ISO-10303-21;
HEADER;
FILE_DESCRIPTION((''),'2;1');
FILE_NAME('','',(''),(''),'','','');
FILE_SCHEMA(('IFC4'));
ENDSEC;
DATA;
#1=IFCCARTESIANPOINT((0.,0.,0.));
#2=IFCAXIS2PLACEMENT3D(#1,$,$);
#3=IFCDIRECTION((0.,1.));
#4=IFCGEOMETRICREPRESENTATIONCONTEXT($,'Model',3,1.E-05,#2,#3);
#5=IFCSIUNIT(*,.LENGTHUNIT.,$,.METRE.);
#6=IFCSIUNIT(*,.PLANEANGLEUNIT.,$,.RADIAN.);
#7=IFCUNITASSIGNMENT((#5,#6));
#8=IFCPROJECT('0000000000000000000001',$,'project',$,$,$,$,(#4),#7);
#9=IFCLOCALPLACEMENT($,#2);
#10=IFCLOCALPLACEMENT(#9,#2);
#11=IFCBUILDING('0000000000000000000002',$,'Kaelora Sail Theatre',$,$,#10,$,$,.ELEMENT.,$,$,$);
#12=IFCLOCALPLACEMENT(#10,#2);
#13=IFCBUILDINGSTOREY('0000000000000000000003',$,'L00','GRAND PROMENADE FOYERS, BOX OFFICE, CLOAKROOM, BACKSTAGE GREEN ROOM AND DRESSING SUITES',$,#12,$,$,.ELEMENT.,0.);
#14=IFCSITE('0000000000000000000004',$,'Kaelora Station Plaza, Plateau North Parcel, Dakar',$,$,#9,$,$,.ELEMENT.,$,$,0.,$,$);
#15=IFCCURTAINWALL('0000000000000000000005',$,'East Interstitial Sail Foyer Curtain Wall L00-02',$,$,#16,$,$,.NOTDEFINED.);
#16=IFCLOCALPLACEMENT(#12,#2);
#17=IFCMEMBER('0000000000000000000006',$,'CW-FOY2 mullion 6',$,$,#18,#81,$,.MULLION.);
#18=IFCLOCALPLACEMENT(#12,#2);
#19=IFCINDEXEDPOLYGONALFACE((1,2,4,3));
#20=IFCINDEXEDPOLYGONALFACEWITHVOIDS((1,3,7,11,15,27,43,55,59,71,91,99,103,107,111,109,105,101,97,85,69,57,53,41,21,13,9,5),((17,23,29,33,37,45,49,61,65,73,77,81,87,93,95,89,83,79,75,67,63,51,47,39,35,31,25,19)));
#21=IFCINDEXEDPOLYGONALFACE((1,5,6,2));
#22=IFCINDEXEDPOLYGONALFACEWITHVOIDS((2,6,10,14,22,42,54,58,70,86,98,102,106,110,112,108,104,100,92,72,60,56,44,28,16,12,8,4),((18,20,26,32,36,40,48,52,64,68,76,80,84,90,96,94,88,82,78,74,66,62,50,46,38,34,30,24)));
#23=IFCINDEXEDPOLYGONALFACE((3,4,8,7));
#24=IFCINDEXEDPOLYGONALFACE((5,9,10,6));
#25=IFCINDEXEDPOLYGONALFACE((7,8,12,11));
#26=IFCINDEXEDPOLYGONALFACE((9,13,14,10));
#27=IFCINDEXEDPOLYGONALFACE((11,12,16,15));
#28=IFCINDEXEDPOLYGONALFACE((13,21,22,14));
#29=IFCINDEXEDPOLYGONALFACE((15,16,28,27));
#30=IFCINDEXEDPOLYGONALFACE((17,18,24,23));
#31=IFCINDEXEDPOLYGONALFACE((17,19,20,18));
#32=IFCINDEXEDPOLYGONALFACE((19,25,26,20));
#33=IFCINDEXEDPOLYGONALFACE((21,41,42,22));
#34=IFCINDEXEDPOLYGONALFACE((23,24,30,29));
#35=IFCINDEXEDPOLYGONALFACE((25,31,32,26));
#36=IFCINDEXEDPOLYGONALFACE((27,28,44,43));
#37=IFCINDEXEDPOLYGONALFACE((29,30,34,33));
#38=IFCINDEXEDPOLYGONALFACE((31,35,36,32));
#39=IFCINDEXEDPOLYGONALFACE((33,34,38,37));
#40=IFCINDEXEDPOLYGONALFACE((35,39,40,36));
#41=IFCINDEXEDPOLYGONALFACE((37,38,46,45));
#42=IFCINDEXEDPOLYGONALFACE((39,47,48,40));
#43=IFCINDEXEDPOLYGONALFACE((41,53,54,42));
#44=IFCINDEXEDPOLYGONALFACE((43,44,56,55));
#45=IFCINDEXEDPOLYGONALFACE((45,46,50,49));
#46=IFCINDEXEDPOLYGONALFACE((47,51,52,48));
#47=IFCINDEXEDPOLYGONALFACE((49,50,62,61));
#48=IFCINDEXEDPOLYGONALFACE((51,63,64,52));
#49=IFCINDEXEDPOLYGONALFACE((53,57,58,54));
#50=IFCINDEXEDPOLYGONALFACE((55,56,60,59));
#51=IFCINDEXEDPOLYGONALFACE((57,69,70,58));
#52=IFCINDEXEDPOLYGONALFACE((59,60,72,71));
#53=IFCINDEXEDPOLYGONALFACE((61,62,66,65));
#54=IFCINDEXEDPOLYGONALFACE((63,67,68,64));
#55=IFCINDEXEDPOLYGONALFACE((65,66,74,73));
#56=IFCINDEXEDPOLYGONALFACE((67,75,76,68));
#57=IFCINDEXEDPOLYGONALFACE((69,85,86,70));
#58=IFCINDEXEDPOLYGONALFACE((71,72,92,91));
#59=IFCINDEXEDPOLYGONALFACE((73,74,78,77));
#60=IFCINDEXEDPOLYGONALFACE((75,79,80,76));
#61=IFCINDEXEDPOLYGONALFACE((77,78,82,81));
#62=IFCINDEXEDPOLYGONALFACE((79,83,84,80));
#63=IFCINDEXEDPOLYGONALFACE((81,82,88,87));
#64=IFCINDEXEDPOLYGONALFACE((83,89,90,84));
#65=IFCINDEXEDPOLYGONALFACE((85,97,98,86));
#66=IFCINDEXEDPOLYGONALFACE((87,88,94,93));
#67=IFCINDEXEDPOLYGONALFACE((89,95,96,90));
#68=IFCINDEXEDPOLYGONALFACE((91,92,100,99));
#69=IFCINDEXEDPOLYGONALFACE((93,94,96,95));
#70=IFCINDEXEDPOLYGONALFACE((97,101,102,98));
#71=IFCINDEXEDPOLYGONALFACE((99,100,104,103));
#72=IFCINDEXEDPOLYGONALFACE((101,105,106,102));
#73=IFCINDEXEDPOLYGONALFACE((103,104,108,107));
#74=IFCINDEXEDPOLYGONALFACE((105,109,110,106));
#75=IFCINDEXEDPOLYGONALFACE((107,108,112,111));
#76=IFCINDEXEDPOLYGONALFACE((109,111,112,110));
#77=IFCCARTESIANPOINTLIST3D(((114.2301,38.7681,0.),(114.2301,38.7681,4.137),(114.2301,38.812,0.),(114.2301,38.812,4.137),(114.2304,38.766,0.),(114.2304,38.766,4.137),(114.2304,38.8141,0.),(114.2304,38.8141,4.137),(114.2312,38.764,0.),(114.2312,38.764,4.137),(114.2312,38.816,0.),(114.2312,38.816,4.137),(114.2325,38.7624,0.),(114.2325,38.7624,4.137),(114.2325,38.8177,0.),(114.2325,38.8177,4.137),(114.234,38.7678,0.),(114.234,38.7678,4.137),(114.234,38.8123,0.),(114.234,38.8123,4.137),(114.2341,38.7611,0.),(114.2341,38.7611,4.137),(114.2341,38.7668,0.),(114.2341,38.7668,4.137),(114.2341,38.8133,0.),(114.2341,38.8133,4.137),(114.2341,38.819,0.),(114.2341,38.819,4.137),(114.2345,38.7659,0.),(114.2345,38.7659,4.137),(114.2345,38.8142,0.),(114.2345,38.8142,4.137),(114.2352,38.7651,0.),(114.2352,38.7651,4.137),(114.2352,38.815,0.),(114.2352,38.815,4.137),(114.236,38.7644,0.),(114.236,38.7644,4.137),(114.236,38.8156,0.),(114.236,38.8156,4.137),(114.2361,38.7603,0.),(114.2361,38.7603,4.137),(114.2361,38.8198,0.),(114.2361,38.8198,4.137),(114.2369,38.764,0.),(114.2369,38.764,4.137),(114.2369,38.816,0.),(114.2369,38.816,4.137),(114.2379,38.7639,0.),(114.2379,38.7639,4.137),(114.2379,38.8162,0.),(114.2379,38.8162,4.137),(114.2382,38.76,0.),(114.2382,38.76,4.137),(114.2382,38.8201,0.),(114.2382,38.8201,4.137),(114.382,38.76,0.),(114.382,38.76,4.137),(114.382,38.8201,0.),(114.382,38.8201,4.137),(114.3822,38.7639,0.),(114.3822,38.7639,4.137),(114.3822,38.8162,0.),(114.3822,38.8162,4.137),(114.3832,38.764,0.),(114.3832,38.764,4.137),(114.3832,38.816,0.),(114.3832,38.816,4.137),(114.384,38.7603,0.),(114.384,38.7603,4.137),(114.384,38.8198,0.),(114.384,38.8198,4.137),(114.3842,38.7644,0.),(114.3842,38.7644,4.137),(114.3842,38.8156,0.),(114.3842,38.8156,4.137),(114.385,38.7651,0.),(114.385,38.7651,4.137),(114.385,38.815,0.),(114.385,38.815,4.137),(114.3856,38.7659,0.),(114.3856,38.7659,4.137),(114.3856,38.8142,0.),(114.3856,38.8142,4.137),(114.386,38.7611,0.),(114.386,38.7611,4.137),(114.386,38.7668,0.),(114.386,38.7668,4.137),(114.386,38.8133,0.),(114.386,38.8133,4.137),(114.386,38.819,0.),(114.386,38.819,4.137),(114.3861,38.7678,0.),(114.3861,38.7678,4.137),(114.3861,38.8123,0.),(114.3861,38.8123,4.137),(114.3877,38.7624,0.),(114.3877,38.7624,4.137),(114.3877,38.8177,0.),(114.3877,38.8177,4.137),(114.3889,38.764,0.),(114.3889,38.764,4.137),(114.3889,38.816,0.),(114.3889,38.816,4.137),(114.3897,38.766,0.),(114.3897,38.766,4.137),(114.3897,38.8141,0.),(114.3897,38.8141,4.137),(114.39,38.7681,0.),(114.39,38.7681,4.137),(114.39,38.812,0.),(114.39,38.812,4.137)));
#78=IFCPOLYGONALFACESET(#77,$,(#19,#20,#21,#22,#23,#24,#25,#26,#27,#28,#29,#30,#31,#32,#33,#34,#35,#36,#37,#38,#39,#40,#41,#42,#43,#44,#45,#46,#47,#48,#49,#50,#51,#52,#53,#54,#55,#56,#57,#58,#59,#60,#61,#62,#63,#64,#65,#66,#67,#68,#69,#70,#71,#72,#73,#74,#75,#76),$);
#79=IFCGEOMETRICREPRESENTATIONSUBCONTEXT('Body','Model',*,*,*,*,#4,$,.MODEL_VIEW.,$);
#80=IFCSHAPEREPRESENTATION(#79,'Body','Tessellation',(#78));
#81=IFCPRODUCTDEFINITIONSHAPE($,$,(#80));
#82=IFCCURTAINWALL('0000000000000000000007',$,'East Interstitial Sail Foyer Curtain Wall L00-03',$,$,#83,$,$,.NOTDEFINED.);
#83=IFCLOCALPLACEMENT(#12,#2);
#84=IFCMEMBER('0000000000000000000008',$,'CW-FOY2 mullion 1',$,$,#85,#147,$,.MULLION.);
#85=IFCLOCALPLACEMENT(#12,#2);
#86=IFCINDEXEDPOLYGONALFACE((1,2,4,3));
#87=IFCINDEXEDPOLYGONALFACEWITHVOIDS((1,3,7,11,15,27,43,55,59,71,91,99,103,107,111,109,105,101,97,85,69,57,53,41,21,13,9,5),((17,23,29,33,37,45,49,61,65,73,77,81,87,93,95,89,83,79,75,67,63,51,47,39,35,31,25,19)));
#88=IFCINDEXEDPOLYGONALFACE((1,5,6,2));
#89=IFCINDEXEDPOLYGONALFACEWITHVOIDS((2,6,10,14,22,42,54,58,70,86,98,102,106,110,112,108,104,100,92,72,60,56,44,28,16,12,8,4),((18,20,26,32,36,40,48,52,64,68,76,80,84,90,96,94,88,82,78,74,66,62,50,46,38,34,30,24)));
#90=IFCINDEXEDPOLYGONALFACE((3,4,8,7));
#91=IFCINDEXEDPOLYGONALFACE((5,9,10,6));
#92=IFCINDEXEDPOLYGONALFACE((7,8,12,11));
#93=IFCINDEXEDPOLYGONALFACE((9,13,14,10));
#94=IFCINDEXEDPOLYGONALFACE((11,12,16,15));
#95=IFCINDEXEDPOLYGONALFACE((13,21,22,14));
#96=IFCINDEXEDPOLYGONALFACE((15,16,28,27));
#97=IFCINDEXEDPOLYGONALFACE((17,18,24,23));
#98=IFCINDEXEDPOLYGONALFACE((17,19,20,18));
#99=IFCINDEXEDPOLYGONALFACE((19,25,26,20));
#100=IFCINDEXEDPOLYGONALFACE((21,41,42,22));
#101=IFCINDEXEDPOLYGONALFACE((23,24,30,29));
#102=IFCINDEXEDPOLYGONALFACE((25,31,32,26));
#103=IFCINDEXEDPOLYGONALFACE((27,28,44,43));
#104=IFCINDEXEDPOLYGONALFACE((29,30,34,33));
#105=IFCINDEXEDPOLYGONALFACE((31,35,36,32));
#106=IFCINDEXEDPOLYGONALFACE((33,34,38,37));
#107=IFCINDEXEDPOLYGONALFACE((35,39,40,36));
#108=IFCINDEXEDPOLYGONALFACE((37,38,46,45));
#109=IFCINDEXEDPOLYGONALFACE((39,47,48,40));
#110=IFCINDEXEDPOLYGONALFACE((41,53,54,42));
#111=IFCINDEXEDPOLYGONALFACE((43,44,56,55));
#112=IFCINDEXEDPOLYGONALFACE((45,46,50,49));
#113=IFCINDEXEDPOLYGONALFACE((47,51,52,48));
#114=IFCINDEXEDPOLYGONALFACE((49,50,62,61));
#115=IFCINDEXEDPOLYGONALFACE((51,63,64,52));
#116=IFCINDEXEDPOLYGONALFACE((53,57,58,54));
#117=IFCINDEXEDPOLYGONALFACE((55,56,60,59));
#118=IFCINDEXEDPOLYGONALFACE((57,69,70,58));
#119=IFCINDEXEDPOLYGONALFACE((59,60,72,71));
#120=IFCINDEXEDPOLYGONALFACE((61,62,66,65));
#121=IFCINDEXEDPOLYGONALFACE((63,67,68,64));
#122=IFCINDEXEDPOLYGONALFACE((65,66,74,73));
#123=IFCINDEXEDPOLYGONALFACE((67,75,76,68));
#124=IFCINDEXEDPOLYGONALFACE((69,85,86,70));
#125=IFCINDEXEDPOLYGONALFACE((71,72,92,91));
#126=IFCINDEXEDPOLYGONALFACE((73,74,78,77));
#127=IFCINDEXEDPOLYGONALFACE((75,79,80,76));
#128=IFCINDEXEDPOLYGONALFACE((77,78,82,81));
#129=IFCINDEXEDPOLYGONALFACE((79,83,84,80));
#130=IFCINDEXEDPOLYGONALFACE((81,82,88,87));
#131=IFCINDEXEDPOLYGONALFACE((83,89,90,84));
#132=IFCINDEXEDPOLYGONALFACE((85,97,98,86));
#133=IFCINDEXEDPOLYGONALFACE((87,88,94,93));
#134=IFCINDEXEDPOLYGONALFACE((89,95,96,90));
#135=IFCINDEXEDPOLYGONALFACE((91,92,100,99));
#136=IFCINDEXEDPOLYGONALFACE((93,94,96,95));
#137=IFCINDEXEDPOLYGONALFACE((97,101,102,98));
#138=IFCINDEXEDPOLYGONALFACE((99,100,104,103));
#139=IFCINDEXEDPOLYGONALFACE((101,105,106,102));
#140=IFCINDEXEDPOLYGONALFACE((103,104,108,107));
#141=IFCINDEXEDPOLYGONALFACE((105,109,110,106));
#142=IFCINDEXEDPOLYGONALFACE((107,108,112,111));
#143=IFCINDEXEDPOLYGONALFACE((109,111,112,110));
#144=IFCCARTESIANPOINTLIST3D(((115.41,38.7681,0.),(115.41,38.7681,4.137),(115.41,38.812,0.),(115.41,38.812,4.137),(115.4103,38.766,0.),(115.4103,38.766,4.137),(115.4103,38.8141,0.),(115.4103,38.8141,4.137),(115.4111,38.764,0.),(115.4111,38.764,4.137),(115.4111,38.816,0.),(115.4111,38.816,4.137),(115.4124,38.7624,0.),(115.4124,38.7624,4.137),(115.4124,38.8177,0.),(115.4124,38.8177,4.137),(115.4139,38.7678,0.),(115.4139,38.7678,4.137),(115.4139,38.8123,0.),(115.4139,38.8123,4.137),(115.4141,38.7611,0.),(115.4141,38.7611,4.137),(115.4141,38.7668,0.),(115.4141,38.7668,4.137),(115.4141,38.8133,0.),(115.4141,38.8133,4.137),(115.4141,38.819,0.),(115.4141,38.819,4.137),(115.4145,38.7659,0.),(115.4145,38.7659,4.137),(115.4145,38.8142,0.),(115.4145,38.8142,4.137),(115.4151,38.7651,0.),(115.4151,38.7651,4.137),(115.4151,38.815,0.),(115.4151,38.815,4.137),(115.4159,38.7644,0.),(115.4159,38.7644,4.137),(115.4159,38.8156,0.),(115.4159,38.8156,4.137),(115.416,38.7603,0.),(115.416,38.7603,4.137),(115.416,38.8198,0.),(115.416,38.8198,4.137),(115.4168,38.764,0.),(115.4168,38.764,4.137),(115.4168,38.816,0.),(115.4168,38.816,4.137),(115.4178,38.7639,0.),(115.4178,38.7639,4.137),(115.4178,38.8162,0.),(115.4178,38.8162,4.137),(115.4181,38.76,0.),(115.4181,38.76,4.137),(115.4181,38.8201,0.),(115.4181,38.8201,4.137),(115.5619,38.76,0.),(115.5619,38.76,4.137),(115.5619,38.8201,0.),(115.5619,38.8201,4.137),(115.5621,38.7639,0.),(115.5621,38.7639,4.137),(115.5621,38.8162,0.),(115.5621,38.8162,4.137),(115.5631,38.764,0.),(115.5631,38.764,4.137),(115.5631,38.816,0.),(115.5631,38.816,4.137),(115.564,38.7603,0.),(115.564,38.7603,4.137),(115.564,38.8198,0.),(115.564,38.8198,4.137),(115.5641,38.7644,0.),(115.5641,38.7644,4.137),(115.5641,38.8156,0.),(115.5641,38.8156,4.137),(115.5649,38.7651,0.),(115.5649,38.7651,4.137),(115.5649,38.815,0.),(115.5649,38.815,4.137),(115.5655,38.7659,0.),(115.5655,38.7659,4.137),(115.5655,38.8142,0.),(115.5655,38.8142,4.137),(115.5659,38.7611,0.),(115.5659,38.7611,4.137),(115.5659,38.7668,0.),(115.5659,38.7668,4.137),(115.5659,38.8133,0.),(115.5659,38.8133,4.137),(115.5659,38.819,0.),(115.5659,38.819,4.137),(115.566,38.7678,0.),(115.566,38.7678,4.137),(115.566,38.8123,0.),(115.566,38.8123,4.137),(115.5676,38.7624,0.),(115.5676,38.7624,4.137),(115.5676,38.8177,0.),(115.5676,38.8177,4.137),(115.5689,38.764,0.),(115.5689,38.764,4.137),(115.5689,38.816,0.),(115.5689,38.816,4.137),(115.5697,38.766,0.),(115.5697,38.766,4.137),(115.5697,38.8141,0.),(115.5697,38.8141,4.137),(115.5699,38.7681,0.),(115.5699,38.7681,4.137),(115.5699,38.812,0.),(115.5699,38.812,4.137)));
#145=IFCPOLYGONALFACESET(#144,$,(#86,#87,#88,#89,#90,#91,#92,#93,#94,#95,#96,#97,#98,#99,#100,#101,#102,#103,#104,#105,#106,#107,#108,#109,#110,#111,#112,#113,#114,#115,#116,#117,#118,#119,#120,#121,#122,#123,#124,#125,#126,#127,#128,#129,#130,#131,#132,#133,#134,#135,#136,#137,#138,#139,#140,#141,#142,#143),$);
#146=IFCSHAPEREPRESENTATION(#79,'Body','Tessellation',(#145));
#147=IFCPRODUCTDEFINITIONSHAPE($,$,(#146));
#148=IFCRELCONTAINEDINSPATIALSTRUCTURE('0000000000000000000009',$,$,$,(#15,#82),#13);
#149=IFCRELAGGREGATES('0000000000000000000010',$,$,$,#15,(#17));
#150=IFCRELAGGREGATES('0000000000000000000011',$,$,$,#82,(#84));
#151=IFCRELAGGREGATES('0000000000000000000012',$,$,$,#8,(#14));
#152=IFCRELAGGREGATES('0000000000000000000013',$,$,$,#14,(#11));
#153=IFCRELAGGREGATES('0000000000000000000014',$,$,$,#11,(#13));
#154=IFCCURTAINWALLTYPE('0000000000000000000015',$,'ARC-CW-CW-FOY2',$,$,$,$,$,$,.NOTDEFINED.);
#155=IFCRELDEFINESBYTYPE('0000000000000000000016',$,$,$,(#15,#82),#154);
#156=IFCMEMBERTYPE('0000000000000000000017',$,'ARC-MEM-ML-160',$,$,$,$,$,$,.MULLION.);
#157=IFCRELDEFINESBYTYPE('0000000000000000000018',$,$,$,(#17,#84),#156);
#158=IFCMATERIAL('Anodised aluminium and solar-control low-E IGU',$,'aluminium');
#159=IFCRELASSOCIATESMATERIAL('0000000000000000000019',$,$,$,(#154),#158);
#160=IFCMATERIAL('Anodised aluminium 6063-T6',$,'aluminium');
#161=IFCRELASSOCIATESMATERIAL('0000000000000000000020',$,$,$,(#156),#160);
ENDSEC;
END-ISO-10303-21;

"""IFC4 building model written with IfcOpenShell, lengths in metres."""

from ifc_helpers import new_model, si_unit, direction, frame, origin, origin_2d, place, context, subcontext, project, spatial, hollow_rectangle, extrude, material, material_profile, profile_set, type_object, element, aggregate, save


model = new_model("IFC4")

# Units and contexts
model_context = context("Model", 3, precision=1e-05, world=origin(), true_north=direction((0.0, 1.0)))
body_context = subcontext(model_context, "Body", "Model", "MODEL_VIEW")
ifc_project = project(units=[si_unit("LENGTHUNIT", "METRE"), si_unit("PLANEANGLEUNIT", "RADIAN")], contexts=[model_context])

# Site, building, storey
site_placement = place(None, origin())
site = spatial("IfcSite", under=ifc_project, at=site_placement, Name="Kaelora Station Plaza, Plateau North Parcel, Dakar", CompositionType="ELEMENT", RefElevation=0.0)
building_placement = place(site_placement, origin())
building = spatial("IfcBuilding", under=site, at=building_placement, Name="Kaelora Sail Theatre", CompositionType="ELEMENT")
storey_placement = place(building_placement, origin())
storey = spatial("IfcBuildingStorey", under=building, at=storey_placement, Name="L00", Description="GRAND PROMENADE FOYERS, BOX OFFICE, CLOAKROOM, BACKSTAGE GREEN ROOM AND DRESSING SUITES", CompositionType="ELEMENT", Elevation=0.0)

# Curtain wall, member
ifc_material_1 = material(Name="Anodised aluminium and solar-control low-E IGU", Category="aluminium")
curtain_wall_type = type_object("IfcCurtainWallType", Name="ARC-CW-CW-FOY2", PredefinedType="NOTDEFINED", material=ifc_material_1)
curtain_wall_1_placement = place(storey_placement, origin())
curtain_wall_1 = element("IfcCurtainWall", 1, at=curtain_wall_1_placement, inside=storey, type_object=curtain_wall_type, Name="East Interstitial Sail Foyer Curtain Wall L00-02", PredefinedType="NOTDEFINED")
ifc_material_2 = material(Name="Anodised aluminium 6063-T6", Category="aluminium")
ifc_material_profile_1 = material_profile(ifc_material_2, hollow_rectangle(XDim=0.0601, YDim=0.1599, WallThickness=0.0039, InnerFilletRadius=0.0039, OuterFilletRadius=0.0081, at=origin_2d()), Name="ALU-MULL 60x160x4")
ifc_profile_set_1 = profile_set([ifc_material_profile_1], Name="Anodised aluminium 6063-T6")
member_type_1 = type_object("IfcMemberType", Name="ARC-MEM-ML-160", PredefinedType="MULLION", material=ifc_profile_set_1)
member_1_placement = place(storey_placement, frame((114.3101, 38.79, 0.0), z_axis=(0.0, 0.0, 1.0), x_axis=(0.0, 1.0, 0.0)))
member_1 = element("IfcMember", 2, at=member_1_placement, type_object=member_type_1, Name="CW-FOY2 mullion 6", PredefinedType="MULLION", context=body_context, shape_type="SweptSolid", body=[
    extrude(hollow_rectangle(XDim=0.0601, YDim=0.1599, WallThickness=0.0039, InnerFilletRadius=0.0039, OuterFilletRadius=0.0081, at=origin_2d()), origin(), (0.0, 0.0, 1.0), 4.137),
])

# Curtain wall, member
curtain_wall_2_placement = place(storey_placement, origin())
curtain_wall_2 = element("IfcCurtainWall", 3, at=curtain_wall_2_placement, inside=storey, type_object=curtain_wall_type, Name="East Interstitial Sail Foyer Curtain Wall L00-03", PredefinedType="NOTDEFINED")
member_2_placement = place(storey_placement, frame((115.49, 38.79, 0.0), z_axis=(0.0, 0.0, 1.0), x_axis=(0.0, 1.0, 0.0)))
member_2 = element("IfcMember", 4, at=member_2_placement, type_object=member_type_1, Name="CW-FOY2 mullion 1", PredefinedType="MULLION", context=body_context, shape_type="SweptSolid", body=[
    extrude(hollow_rectangle(XDim=0.0601, YDim=0.1599, WallThickness=0.0039, InnerFilletRadius=0.0039, OuterFilletRadius=0.0081, at=origin_2d()), origin(), (0.0, 0.0, 1.0), 4.137),
])

aggregate(curtain_wall_1, [member_1])
aggregate(curtain_wall_2, [member_2])

save(model, "model.ifc")
